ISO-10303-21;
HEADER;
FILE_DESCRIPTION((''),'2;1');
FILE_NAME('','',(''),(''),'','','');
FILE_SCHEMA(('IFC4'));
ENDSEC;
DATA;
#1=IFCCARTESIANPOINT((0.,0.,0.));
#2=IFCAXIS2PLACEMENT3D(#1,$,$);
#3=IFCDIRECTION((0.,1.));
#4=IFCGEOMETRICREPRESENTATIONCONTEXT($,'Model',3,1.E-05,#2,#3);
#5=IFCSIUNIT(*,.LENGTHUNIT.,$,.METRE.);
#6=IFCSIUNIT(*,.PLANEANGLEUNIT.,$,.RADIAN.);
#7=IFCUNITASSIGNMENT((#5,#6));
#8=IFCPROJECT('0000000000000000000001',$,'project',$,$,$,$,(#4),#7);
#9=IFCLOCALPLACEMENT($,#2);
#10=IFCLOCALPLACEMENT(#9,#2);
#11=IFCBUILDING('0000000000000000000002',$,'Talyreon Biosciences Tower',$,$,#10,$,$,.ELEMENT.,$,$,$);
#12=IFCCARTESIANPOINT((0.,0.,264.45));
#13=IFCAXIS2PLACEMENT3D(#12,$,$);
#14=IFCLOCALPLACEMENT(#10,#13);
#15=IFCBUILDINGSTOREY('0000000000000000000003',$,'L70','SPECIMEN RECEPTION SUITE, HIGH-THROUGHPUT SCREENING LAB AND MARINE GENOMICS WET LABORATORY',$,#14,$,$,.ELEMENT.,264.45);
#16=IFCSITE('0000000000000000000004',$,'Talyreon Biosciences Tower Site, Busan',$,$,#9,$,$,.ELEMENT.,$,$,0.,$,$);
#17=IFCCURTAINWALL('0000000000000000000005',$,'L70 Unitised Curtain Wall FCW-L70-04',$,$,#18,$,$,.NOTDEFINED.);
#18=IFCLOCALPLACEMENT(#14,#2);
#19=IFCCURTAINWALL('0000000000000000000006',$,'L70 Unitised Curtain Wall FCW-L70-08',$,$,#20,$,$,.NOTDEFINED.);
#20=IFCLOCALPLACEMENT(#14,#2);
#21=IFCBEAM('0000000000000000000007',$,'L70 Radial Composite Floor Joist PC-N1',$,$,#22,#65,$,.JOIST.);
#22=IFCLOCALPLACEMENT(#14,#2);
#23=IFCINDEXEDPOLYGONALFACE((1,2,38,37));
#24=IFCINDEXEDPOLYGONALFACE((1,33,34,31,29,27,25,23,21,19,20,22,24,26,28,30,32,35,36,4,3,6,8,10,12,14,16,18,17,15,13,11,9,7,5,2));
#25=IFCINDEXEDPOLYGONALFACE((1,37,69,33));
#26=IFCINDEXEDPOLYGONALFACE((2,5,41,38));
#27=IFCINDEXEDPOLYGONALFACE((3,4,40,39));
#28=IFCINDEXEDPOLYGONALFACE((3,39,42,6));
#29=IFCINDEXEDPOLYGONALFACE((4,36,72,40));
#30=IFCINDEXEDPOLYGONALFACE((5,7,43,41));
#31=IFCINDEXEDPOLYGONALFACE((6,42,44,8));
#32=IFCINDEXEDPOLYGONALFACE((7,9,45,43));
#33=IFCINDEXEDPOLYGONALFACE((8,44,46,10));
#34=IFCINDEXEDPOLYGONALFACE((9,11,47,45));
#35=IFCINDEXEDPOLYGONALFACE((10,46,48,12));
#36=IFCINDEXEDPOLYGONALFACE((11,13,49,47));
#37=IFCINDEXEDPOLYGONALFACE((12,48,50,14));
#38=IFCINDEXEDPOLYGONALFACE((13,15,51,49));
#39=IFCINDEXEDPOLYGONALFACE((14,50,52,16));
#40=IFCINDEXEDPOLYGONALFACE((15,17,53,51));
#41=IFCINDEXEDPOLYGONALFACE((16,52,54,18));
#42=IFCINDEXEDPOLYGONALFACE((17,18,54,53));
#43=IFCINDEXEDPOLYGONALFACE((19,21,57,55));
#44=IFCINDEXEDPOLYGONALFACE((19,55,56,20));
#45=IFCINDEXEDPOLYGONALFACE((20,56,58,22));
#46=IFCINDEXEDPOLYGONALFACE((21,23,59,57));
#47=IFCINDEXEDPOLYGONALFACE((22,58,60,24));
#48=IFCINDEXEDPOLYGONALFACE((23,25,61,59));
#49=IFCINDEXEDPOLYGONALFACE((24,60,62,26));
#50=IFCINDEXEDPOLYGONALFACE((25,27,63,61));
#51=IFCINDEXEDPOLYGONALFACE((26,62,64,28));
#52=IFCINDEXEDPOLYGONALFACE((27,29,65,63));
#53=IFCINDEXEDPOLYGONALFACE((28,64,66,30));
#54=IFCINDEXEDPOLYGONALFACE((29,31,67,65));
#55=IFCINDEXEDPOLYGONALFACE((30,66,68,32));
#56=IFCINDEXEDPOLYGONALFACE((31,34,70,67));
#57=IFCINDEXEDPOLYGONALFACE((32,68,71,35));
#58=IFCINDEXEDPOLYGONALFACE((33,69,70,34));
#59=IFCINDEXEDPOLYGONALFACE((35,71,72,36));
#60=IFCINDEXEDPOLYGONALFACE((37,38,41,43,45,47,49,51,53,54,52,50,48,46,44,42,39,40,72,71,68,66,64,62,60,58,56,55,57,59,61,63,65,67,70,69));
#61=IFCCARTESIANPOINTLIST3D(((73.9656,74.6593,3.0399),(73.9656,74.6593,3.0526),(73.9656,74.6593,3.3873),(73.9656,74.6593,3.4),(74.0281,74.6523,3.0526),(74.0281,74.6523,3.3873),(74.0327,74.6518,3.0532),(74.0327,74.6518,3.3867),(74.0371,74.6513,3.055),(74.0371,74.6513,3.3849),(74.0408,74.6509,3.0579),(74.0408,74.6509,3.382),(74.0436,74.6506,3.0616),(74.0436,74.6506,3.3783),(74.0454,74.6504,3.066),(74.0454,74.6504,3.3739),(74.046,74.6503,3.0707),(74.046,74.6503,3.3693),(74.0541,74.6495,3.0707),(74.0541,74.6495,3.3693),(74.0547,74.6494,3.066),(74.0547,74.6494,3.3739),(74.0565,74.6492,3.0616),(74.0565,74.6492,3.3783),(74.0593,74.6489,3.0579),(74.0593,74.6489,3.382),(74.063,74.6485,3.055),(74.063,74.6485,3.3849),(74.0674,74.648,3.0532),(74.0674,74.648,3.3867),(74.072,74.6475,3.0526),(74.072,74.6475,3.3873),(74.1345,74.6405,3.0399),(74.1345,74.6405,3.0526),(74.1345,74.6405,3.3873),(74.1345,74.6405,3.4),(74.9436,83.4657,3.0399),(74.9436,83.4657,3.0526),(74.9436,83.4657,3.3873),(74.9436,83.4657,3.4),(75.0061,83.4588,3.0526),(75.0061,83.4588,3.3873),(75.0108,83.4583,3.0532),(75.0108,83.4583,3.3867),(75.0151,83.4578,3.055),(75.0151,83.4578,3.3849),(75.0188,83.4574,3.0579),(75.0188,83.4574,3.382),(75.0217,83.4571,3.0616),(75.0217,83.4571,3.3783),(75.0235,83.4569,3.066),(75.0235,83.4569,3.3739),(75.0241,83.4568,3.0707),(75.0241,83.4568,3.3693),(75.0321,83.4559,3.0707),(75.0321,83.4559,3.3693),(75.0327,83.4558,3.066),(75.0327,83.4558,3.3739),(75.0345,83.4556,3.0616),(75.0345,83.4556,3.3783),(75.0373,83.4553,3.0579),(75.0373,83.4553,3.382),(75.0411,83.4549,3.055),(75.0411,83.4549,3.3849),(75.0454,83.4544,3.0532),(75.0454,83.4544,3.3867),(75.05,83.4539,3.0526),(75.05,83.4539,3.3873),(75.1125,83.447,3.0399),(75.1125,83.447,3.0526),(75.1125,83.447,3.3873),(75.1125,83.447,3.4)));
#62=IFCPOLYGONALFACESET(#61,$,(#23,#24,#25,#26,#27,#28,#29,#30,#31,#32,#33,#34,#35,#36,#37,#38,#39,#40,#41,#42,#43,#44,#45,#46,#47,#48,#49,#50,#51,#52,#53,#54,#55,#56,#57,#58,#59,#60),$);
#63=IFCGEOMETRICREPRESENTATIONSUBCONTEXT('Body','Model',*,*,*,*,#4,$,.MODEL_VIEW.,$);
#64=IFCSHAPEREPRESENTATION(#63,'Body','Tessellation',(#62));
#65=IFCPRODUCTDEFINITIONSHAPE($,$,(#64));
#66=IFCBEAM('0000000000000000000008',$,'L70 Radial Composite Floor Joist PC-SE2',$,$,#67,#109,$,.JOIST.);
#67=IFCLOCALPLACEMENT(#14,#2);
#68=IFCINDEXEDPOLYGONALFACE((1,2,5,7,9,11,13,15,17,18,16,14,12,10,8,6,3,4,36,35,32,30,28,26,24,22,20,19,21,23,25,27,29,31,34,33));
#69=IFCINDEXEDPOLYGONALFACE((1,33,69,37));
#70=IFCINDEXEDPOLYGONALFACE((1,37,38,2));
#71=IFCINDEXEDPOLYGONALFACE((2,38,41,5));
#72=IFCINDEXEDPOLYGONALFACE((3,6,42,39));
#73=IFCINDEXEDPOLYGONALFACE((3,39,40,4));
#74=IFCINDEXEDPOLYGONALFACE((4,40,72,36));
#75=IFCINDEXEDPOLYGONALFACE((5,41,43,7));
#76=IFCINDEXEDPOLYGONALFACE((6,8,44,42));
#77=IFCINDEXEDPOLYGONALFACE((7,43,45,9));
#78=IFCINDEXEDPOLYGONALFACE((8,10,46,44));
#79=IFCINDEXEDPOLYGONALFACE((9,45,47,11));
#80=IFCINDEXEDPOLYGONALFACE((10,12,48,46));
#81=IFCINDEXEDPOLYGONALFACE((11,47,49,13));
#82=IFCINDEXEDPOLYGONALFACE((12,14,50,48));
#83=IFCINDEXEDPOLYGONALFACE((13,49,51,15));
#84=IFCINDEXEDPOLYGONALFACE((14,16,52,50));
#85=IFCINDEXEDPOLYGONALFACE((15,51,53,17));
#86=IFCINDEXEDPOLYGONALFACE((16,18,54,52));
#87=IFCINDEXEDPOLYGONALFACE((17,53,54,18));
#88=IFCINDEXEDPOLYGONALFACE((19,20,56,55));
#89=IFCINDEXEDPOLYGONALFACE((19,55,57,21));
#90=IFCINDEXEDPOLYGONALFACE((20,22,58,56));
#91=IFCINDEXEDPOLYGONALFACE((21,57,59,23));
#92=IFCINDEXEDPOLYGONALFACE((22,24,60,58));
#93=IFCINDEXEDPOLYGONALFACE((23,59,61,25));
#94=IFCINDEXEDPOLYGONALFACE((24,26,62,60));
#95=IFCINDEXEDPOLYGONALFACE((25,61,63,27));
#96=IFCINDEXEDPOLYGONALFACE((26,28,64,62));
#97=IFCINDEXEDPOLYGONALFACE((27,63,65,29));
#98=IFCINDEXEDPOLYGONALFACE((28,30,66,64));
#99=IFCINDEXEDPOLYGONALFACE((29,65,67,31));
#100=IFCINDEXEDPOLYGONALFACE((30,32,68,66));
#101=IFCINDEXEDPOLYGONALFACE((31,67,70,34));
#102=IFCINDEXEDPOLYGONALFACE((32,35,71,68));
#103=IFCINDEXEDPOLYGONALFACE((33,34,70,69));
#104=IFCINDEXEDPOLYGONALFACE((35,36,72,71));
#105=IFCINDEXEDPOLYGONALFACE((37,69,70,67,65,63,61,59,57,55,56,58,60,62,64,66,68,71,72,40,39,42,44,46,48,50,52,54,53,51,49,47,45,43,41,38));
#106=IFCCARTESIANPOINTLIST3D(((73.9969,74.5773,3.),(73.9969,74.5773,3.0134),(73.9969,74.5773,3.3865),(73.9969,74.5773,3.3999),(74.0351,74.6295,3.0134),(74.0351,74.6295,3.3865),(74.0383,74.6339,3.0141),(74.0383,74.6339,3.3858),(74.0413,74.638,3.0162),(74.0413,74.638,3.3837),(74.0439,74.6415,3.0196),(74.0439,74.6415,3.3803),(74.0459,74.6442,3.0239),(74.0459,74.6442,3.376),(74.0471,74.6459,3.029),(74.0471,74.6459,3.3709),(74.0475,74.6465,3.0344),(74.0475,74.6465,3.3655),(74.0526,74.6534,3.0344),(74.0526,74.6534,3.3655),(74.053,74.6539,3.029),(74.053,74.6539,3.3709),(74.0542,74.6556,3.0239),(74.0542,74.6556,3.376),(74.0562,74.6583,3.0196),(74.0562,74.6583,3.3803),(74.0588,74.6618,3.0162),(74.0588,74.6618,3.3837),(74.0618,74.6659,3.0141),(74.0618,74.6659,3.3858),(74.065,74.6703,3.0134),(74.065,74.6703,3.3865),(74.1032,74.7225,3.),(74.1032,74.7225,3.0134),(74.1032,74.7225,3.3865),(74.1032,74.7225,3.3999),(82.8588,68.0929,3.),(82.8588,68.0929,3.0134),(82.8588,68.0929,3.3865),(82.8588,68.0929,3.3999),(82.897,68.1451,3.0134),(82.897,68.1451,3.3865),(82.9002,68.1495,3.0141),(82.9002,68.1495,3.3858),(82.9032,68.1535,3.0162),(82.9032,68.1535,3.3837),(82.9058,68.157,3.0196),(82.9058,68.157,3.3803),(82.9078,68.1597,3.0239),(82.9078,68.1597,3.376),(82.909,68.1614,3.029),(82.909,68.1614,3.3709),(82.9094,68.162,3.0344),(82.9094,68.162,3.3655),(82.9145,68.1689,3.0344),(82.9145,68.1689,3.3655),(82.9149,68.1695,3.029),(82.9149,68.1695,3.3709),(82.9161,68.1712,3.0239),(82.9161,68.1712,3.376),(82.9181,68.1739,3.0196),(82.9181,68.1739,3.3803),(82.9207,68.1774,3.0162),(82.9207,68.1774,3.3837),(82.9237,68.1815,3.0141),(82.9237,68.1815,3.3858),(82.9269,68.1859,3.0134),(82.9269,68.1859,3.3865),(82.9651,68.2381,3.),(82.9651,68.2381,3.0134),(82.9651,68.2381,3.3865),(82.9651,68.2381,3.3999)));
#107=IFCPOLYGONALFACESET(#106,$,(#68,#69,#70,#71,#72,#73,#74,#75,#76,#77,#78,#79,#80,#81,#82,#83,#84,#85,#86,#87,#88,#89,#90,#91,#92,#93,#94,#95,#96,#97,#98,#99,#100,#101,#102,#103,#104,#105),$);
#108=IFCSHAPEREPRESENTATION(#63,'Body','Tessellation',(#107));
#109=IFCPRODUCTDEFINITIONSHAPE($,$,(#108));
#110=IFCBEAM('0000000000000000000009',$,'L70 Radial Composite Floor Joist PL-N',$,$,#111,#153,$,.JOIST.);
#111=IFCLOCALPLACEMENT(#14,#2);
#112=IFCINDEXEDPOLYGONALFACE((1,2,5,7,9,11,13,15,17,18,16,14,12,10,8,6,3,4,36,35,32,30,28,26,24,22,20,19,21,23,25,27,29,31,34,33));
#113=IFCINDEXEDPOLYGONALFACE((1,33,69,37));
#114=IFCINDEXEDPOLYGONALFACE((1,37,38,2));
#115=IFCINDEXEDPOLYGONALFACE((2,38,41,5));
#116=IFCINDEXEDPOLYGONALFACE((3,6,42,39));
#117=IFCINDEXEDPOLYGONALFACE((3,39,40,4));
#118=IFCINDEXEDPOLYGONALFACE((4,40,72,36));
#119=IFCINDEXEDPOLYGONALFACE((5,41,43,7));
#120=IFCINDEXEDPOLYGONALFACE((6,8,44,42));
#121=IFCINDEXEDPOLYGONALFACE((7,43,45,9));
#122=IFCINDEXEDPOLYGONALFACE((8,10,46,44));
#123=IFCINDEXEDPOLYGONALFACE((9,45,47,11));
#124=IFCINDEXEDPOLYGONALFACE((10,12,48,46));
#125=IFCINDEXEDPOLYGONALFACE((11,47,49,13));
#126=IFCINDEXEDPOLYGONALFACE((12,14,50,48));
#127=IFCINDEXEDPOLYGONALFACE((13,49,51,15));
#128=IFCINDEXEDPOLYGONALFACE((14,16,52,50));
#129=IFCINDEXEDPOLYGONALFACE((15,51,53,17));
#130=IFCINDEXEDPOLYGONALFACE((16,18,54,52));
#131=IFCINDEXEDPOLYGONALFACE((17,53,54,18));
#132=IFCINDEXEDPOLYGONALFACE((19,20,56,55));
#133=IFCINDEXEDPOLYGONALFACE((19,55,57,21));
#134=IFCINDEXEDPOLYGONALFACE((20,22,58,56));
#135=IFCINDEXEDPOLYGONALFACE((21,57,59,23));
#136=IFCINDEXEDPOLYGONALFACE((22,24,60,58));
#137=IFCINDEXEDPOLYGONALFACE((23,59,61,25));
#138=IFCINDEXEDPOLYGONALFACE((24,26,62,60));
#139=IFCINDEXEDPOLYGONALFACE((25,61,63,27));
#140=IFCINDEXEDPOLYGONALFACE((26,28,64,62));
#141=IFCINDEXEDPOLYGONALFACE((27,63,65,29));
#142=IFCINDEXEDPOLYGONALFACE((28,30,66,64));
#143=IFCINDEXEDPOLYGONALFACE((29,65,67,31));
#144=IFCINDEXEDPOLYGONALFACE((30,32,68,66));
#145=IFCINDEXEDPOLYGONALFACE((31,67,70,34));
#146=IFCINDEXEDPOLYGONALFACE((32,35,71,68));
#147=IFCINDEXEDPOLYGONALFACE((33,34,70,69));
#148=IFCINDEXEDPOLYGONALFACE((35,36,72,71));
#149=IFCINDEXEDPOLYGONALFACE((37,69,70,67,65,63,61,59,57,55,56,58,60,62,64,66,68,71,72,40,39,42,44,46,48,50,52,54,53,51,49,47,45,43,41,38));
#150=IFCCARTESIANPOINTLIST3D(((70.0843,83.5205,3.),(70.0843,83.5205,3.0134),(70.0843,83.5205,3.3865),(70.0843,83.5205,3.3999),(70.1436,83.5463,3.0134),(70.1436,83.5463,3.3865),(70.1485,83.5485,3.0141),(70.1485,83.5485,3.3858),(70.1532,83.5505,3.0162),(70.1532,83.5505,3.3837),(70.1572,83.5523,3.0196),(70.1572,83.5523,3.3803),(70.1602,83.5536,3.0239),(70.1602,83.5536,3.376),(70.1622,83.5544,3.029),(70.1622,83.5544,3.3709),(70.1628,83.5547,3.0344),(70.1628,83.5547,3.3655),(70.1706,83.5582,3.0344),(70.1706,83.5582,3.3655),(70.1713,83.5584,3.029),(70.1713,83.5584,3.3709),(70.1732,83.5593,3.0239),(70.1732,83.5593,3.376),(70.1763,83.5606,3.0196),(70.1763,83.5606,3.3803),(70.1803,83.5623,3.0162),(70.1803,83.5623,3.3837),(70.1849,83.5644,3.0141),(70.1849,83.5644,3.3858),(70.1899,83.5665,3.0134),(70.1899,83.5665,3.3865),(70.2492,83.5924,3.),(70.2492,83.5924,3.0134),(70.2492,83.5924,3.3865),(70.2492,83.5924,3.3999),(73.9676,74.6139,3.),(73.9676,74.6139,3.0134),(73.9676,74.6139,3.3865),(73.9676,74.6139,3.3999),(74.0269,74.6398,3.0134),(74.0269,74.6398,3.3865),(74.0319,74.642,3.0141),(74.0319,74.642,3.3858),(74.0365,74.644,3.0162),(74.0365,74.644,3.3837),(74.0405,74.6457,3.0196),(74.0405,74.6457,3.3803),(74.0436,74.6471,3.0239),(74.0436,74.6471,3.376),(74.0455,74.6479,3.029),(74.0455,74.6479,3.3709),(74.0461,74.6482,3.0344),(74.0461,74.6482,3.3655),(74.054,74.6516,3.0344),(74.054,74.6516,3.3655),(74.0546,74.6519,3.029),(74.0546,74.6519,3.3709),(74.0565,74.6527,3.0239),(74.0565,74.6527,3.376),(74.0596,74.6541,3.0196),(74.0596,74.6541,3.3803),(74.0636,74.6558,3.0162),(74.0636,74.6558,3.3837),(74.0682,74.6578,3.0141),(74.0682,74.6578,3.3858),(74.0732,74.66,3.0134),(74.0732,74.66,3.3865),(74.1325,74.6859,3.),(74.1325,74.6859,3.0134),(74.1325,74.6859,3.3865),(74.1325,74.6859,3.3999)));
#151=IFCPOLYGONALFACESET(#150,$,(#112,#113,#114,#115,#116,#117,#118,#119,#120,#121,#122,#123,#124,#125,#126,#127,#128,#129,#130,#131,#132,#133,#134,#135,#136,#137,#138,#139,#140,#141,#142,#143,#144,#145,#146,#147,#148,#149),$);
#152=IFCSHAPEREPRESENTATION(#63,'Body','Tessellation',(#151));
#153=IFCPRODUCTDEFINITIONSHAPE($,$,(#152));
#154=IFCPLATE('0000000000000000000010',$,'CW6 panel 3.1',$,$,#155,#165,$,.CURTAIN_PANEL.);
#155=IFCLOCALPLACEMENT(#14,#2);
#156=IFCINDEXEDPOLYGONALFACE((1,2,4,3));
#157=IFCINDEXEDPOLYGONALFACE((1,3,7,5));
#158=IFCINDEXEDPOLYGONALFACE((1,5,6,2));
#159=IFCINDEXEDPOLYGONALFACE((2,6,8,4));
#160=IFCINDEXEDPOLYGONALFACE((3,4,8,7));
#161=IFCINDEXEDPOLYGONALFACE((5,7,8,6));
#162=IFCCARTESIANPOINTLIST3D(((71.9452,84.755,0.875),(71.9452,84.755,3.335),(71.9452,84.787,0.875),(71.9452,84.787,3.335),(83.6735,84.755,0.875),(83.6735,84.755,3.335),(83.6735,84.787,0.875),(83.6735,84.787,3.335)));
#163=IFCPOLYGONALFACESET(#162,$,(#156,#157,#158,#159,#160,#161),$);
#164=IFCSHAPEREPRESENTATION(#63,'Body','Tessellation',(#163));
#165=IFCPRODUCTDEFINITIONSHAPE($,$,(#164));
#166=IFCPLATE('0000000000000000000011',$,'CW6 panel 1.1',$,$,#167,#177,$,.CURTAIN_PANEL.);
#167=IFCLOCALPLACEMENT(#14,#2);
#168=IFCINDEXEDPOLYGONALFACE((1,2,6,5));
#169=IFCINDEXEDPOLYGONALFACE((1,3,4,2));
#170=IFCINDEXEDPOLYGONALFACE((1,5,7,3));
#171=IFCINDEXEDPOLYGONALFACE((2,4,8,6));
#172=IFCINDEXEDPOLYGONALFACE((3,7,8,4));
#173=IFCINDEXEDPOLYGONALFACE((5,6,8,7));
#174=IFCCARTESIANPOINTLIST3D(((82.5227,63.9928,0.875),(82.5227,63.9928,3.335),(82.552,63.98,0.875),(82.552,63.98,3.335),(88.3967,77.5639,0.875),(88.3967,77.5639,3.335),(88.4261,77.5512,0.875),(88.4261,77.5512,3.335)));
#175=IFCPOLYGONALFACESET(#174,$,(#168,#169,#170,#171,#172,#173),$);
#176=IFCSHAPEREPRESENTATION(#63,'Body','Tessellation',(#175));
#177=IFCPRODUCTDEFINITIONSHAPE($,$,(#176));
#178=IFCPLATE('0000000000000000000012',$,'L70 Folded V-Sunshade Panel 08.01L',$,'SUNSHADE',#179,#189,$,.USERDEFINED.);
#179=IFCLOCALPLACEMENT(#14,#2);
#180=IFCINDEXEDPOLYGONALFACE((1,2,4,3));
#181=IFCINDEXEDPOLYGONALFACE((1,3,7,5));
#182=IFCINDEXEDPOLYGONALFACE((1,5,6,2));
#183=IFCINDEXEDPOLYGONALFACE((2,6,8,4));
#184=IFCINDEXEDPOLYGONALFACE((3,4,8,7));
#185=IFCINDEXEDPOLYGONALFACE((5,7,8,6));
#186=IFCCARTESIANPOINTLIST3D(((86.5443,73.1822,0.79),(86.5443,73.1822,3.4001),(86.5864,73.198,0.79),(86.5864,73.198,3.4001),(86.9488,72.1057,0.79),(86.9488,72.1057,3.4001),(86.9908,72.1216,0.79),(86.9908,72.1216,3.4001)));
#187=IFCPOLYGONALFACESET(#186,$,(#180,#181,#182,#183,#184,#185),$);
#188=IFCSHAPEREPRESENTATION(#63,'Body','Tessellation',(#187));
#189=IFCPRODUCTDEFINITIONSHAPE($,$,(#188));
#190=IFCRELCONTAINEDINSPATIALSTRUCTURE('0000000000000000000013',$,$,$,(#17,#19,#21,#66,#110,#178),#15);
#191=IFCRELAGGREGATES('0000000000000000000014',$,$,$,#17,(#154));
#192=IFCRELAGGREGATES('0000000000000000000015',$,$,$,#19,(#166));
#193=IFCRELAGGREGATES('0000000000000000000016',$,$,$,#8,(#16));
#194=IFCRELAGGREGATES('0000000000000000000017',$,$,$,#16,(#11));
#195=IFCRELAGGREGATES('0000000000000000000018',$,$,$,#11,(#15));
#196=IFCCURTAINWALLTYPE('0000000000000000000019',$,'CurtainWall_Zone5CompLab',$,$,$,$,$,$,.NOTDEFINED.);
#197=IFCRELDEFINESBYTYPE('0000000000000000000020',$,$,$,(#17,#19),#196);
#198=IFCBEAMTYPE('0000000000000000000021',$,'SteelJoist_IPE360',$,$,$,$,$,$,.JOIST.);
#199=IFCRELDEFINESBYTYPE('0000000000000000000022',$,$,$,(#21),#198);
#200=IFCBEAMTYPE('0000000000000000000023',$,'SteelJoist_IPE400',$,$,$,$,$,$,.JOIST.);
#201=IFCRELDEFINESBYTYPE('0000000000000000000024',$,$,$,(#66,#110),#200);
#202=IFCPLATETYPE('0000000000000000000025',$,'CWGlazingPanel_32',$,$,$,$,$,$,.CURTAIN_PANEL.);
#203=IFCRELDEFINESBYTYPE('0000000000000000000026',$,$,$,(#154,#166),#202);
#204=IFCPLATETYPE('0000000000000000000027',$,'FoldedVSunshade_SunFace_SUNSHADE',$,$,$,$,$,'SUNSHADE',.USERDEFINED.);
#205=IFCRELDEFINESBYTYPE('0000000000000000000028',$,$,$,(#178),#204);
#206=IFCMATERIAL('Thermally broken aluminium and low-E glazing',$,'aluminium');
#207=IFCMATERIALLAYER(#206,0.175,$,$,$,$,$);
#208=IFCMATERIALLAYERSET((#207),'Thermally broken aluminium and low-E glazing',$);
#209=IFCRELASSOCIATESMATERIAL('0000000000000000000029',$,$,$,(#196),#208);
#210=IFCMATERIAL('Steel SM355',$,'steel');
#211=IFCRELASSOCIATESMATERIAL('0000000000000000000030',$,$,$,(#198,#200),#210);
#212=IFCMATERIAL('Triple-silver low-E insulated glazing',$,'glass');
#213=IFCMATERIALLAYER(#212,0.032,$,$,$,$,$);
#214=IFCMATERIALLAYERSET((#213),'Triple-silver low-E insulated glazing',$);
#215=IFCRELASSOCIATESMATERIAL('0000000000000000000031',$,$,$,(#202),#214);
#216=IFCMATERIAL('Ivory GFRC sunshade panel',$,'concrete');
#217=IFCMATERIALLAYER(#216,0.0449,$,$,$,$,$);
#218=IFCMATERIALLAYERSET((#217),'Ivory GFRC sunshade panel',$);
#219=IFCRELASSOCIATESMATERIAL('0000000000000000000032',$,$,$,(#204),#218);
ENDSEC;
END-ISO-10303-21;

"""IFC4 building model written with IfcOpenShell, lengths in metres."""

from ifc_helpers import new_model, si_unit, direction, frame, origin, origin_2d, place, context, subcontext, project, spatial, rectangle, i_section, extrude, material, layer, layer_set, material_profile, profile_set, type_object, element, aggregate, save


model = new_model("IFC4")

# Units and contexts
model_context = context("Model", 3, precision=1e-05, world=origin(), true_north=direction((0.0, 1.0)))
body_context = subcontext(model_context, "Body", "Model", "MODEL_VIEW")
ifc_project = project(units=[si_unit("LENGTHUNIT", "METRE"), si_unit("PLANEANGLEUNIT", "RADIAN")], contexts=[model_context])

# Site, building, storey
site_placement = place(None, origin())
site = spatial("IfcSite", under=ifc_project, at=site_placement, Name="Talyreon Biosciences Tower Site, Busan", CompositionType="ELEMENT", RefElevation=0.0)
building_placement = place(site_placement, origin())
building = spatial("IfcBuilding", under=site, at=building_placement, Name="Talyreon Biosciences Tower", CompositionType="ELEMENT")
storey_placement = place(building_placement, frame((0.0, 0.0, 264.45)))
storey = spatial("IfcBuildingStorey", under=building, at=storey_placement, Name="L70", Description="SPECIMEN RECEPTION SUITE, HIGH-THROUGHPUT SCREENING LAB AND MARINE GENOMICS WET LABORATORY", CompositionType="ELEMENT", Elevation=264.45)

# Curtain wall
ifc_material_1 = material(Name="Thermally broken aluminium and low-E glazing", Category="aluminium")
ifc_layer_1 = layer(ifc_material_1, 0.175)
ifc_layer_set_1 = layer_set([ifc_layer_1], Name="Thermally broken aluminium and low-E glazing")
curtain_wall_type = type_object("IfcCurtainWallType", Name="CurtainWall_Zone5CompLab", PredefinedType="NOTDEFINED", material=ifc_layer_set_1)
curtain_wall_1_placement = place(storey_placement, origin())
curtain_wall_1 = element("IfcCurtainWall", 1, at=curtain_wall_1_placement, inside=storey, type_object=curtain_wall_type, Name="L70 Unitised Curtain Wall FCW-L70-04", PredefinedType="NOTDEFINED")

# Curtain wall
curtain_wall_2_placement = place(storey_placement, origin())
curtain_wall_2 = element("IfcCurtainWall", 2, at=curtain_wall_2_placement, inside=storey, type_object=curtain_wall_type, Name="L70 Unitised Curtain Wall FCW-L70-08", PredefinedType="NOTDEFINED")

# Beams
ifc_material_2 = material(Name="Steel SM355", Category="steel")
ifc_material_profile_1 = material_profile(ifc_material_2, i_section(OverallWidth=0.1699, OverallDepth=0.3601, WebThickness=0.0081, FlangeThickness=0.0127, FilletRadius=0.0181, at=origin_2d()), Name="IPE360")
ifc_profile_set_1 = profile_set([ifc_material_profile_1], Name="Steel SM355")
beam_type_1 = type_object("IfcBeamType", Name="SteelJoist_IPE360", PredefinedType="JOIST", material=ifc_profile_set_1)
beam_1_placement = place(storey_placement, frame((74.05, 74.6499, 3.22), z_axis=(0.11038, 0.993889, 0.0), x_axis=(-0.993889, 0.11038, 0.0)))
element("IfcBeam", 3, at=beam_1_placement, inside=storey, type_object=beam_type_1, Name="L70 Radial Composite Floor Joist PC-N1", PredefinedType="JOIST", context=body_context, shape_type="SweptSolid", body=[
    extrude(i_section(OverallWidth=0.1699, OverallDepth=0.3601, WebThickness=0.0081, FlangeThickness=0.0127, FilletRadius=0.0181, at=origin_2d()), origin(), (0.0, 0.0, 1.0), 8.8606),
])
ifc_material_profile_2 = material_profile(ifc_material_2, i_section(OverallWidth=0.1799, OverallDepth=0.3999, WebThickness=0.0085, FlangeThickness=0.0134, FilletRadius=0.021, at=origin_2d()), Name="IPE400")
ifc_profile_set_2 = profile_set([ifc_material_profile_2], Name="Steel SM355")
beam_type_2 = type_object("IfcBeamType", Name="SteelJoist_IPE400", PredefinedType="JOIST", material=ifc_profile_set_2)
beam_2_placement = place(storey_placement, frame((74.05, 74.6499, 3.2), z_axis=(0.807025, -0.590517, 0.0), x_axis=(0.590517, 0.807025, 0.0)))
element("IfcBeam", 4, at=beam_2_placement, inside=storey, type_object=beam_type_2, Name="L70 Radial Composite Floor Joist PC-SE2", PredefinedType="JOIST", context=body_context, shape_type="SweptSolid", body=[
    extrude(i_section(OverallWidth=0.1799, OverallDepth=0.3999, WebThickness=0.0085, FlangeThickness=0.0134, FilletRadius=0.021, at=origin_2d()), origin(), (0.0, 0.0, 1.0), 10.981),
])
beam_3_placement = place(storey_placement, frame((74.05, 74.6499, 3.2), z_axis=(-0.39967, 0.916659, 0.0), x_axis=(-0.916659, -0.39967, 0.0)))
element("IfcBeam", 5, at=beam_3_placement, inside=storey, type_object=beam_type_2, Name="L70 Radial Composite Floor Joist PL-N", PredefinedType="JOIST", context=body_context, shape_type="SweptSolid", body=[
    extrude(i_section(OverallWidth=0.1799, OverallDepth=0.3999, WebThickness=0.0085, FlangeThickness=0.0134, FilletRadius=0.021, at=origin_2d()), origin(), (0.0, 0.0, 1.0), 9.7163),
])

# Plates
ifc_material_3 = material(Name="Triple-silver low-E insulated glazing", Category="glass")
ifc_layer_2 = layer(ifc_material_3, 0.032)
ifc_layer_set_2 = layer_set([ifc_layer_2], Name="Triple-silver low-E insulated glazing")
plate_type_1 = type_object("IfcPlateType", Name="CWGlazingPanel_32", PredefinedType="CURTAIN_PANEL", material=ifc_layer_set_2)
plate_1_placement = place(storey_placement, frame((77.8093, 84.771, 0.875), z_axis=(0.0, 0.0, 1.0), x_axis=(1.0, 0.0, 0.0)))
plate_1 = element("IfcPlate", 6, at=plate_1_placement, type_object=plate_type_1, Name="CW6 panel 3.1", PredefinedType="CURTAIN_PANEL", context=body_context, shape_type="SweptSolid", body=[
    extrude(rectangle(XDim=11.7283, YDim=0.032, at=origin_2d()), origin(), (0.0, 0.0, 1.0), 2.46),
])
aggregate(curtain_wall_1, [plate_1])
plate_2_placement = place(storey_placement, frame((85.4744, 70.772, 0.875), z_axis=(0.0, 0.0, 1.0), x_axis=(-0.397221, -0.917723, 0.0)))
plate_2 = element("IfcPlate", 7, at=plate_2_placement, type_object=plate_type_1, Name="CW6 panel 1.1", PredefinedType="CURTAIN_PANEL", context=body_context, shape_type="SweptSolid", body=[
    extrude(rectangle(XDim=14.7878, YDim=0.032, at=origin_2d()), origin(), (0.0, 0.0, 1.0), 2.46),
])
aggregate(curtain_wall_2, [plate_2])

# Plate
ifc_material_4 = material(Name="Ivory GFRC sunshade panel", Category="concrete")
ifc_layer_3 = layer(ifc_material_4, 0.0449)
ifc_layer_set_3 = layer_set([ifc_layer_3], Name="Ivory GFRC sunshade panel")
plate_type_2 = type_object("IfcPlateType", Name="FoldedVSunshade_SunFace_SUNSHADE", ElementType="SUNSHADE", PredefinedType="USERDEFINED", material=ifc_layer_set_3)
for number, where, z_axis, x_axis, name in (
    (8, (86.7676, 72.6519, 0.79), (0.0, 0.0, 1.0), (0.35176, -0.93609, 0.0), "L70 Folded V-Sunshade Panel 08.01L"),
):
    element("IfcPlate", number, at=place(storey_placement, frame(where, z_axis=z_axis, x_axis=x_axis)), inside=storey, type_object=plate_type_2, Name=name, ObjectType="SUNSHADE", PredefinedType="USERDEFINED", context=body_context, shape_type="SweptSolid", body=[
        extrude(rectangle(XDim=1.1499, YDim=0.0449, at=origin_2d()), origin(), (0.0, 0.0, 1.0), 2.6101),
    ])

save(model, "model.ifc")
